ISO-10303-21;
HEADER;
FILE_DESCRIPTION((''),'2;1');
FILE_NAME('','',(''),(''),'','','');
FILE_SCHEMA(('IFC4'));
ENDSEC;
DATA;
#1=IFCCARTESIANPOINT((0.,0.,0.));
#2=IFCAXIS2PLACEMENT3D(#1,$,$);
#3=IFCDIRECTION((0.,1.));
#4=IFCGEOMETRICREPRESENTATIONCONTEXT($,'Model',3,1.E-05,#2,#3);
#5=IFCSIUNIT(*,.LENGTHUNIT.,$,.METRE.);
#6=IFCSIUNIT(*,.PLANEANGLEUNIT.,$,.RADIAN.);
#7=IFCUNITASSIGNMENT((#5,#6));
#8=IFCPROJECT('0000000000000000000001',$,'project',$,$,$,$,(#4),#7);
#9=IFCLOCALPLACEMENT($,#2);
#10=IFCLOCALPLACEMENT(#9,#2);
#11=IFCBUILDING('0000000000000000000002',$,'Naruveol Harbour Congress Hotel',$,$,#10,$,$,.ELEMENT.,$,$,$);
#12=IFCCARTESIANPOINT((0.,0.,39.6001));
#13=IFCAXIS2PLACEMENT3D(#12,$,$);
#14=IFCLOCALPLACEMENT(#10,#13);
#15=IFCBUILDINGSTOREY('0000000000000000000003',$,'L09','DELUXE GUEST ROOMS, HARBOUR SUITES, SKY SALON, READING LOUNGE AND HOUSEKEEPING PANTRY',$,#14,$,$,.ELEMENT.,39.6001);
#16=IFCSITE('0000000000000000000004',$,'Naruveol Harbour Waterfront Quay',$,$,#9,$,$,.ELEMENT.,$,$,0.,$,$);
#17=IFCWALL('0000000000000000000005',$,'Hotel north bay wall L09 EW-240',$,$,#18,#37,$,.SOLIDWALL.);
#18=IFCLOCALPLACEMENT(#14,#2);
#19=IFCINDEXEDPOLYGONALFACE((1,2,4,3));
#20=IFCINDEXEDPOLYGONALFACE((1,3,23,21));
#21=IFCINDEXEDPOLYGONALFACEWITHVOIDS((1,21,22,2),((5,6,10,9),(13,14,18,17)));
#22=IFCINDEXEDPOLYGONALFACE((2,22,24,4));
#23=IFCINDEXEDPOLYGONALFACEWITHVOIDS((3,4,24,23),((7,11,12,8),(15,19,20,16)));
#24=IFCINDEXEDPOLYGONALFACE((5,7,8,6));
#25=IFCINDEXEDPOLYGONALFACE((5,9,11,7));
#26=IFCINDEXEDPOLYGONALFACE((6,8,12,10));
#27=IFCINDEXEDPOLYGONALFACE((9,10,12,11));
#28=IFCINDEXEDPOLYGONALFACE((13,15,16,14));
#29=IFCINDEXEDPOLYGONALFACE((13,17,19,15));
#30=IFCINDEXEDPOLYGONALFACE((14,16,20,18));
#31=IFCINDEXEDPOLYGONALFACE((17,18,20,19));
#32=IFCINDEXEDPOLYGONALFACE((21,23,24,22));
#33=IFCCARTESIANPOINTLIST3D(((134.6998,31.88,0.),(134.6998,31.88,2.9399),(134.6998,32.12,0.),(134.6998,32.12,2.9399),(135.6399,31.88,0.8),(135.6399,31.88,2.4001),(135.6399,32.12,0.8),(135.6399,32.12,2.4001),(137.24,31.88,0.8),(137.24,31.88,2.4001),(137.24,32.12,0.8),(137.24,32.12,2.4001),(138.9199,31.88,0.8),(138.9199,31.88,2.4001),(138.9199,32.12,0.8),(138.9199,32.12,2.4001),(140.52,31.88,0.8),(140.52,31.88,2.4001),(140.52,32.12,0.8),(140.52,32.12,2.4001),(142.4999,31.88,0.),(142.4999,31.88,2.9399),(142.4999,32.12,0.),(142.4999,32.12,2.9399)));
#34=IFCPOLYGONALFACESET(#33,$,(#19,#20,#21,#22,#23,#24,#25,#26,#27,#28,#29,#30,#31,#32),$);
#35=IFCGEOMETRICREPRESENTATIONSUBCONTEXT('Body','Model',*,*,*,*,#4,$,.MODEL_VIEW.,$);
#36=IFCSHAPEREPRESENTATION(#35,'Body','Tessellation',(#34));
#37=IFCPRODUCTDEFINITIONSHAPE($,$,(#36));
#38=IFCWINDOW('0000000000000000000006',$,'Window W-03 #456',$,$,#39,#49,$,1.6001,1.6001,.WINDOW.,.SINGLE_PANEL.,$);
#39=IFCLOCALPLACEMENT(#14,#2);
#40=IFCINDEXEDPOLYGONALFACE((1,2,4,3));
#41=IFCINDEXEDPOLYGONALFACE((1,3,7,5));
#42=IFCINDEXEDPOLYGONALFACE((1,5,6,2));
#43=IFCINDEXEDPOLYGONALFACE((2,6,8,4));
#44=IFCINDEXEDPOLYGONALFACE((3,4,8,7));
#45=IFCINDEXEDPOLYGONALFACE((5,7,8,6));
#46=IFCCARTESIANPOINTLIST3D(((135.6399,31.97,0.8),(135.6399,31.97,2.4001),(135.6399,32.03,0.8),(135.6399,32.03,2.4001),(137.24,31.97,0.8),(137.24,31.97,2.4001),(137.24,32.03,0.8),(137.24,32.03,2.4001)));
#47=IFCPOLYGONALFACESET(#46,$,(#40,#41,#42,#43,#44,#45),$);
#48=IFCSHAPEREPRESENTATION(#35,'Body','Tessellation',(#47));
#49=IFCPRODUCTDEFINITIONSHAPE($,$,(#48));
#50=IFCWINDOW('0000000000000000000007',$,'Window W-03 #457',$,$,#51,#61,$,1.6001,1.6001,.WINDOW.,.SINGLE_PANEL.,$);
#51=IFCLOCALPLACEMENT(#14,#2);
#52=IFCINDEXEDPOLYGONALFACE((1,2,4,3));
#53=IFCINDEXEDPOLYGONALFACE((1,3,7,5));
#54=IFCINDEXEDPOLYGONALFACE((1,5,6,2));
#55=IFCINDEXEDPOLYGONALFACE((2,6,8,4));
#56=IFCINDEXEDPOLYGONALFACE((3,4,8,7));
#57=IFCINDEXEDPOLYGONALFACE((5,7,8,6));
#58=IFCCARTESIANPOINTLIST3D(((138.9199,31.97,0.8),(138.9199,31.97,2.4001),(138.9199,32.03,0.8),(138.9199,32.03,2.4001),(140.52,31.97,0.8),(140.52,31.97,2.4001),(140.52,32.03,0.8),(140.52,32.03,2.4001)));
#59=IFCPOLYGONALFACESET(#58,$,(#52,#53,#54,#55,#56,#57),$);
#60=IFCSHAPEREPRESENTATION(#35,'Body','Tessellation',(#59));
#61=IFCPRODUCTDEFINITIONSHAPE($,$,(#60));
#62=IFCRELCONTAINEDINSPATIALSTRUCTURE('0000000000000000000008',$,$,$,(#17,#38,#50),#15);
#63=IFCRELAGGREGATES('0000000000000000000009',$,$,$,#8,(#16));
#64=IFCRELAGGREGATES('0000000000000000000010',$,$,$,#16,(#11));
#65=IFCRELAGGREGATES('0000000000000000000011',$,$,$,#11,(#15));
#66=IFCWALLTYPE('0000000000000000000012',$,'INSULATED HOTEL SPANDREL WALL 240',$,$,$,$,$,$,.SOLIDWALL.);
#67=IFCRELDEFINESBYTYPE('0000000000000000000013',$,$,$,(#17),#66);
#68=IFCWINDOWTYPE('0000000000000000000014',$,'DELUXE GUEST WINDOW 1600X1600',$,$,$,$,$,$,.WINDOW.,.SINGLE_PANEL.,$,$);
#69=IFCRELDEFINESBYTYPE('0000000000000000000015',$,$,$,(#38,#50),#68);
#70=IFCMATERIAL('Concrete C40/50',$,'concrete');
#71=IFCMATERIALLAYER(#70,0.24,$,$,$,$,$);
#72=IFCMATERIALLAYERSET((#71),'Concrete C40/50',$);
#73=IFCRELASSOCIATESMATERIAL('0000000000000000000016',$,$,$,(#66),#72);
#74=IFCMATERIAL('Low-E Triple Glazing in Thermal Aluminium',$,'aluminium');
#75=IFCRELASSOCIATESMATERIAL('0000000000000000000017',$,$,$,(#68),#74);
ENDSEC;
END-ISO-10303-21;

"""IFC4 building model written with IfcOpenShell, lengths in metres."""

from ifc_helpers import new_model, si_unit, direction, frame, frame_2d, origin, place, context, subcontext, project, spatial, rectangle, extrude, material, layer, layer_set, type_object, element, fill, save


model = new_model("IFC4")

# Units and contexts
model_context = context("Model", 3, precision=1e-05, world=origin(), true_north=direction((0.0, 1.0)))
body_context = subcontext(model_context, "Body", "Model", "MODEL_VIEW")
ifc_project = project(units=[si_unit("LENGTHUNIT", "METRE"), si_unit("PLANEANGLEUNIT", "RADIAN")], contexts=[model_context])

# Site, building, storey
site_placement = place(None, origin())
site = spatial("IfcSite", under=ifc_project, at=site_placement, Name="Naruveol Harbour Waterfront Quay", CompositionType="ELEMENT", RefElevation=0.0)
building_placement = place(site_placement, origin())
building = spatial("IfcBuilding", under=site, at=building_placement, Name="Naruveol Harbour Congress Hotel", CompositionType="ELEMENT")
storey_placement = place(building_placement, frame((0.0, 0.0, 39.6001)))
storey = spatial("IfcBuildingStorey", under=building, at=storey_placement, Name="L09", Description="DELUXE GUEST ROOMS, HARBOUR SUITES, SKY SALON, READING LOUNGE AND HOUSEKEEPING PANTRY", CompositionType="ELEMENT", Elevation=39.6001)

# Wall, openings, windows
ifc_material_1 = material(Name="Concrete C40/50", Category="concrete")
ifc_layer_1 = layer(ifc_material_1, 0.24)
ifc_layer_set_1 = layer_set([ifc_layer_1], Name="Concrete C40/50")
wall_type_1 = type_object("IfcWallType", Name="INSULATED HOTEL SPANDREL WALL 240", PredefinedType="SOLIDWALL", material=ifc_layer_set_1)
wall_1_placement = place(storey_placement, frame((134.7, 32.0, 0.0), z_axis=(0.0, 0.0, 1.0), x_axis=(1.0, 0.0, 0.0)))
wall_1 = element("IfcWall", 1, at=wall_1_placement, inside=storey, type_object=wall_type_1, Name="Hotel north bay wall L09 EW-240", PredefinedType="SOLIDWALL", context=body_context, shape_type="SweptSolid", body=[
    extrude(rectangle(XDim=7.8, YDim=0.24, at=frame_2d((3.8999, 0.0))), origin(), (0.0, 0.0, 1.0), 2.9399),
])
opening_1_placement = place(wall_1_placement, frame((0.9399, 0.0, 0.8)))
opening_1 = element("IfcOpeningElement", 2, at=opening_1_placement, cuts=wall_1, PredefinedType="OPENING", context=body_context, shape_type="SweptSolid", body=[
    extrude(rectangle(XDim=1.6001, YDim=1.6001, at=frame_2d((0.8, 0.8))), frame((0.0, 0.1299, 0.0), z_axis=(0.0, -1.0, 0.0), x_axis=(1.0, 0.0, 0.0)), (0.0, 0.0, 1.0), 0.26),
])
opening_2_placement = place(wall_1_placement, frame((4.22, 0.0, 0.8)))
opening_2 = element("IfcOpeningElement", 3, at=opening_2_placement, cuts=wall_1, PredefinedType="OPENING", context=body_context, shape_type="SweptSolid", body=[
    extrude(rectangle(XDim=1.6001, YDim=1.6001, at=frame_2d((0.8, 0.8))), frame((0.0, 0.1299, 0.0), z_axis=(0.0, -1.0, 0.0), x_axis=(1.0, 0.0, 0.0)), (0.0, 0.0, 1.0), 0.26),
])
ifc_material_2 = material(Name="Low-E Triple Glazing in Thermal Aluminium", Category="aluminium")
window_type = type_object("IfcWindowType", Name="DELUXE GUEST WINDOW 1600X1600", PartitioningType="SINGLE_PANEL", PredefinedType="WINDOW", material=ifc_material_2)
window_1_placement = place(opening_1_placement, origin())
window_1 = element("IfcWindow", 4, at=window_1_placement, inside=storey, type_object=window_type, Name="Window W-03 #456", OverallHeight=1.6001, OverallWidth=1.6001, PartitioningType="SINGLE_PANEL", PredefinedType="WINDOW", context=body_context, shape_type="SweptSolid", body=[
    extrude(rectangle(XDim=1.6001, YDim=1.6001, at=frame_2d((0.8, 0.8))), frame((0.0, 0.03, 0.0), z_axis=(0.0, -1.0, 0.0), x_axis=(1.0, 0.0, 0.0)), (0.0, 0.0, 1.0), 0.0601),
])
fill(opening_1, window_1)
window_2_placement = place(opening_2_placement, origin())
window_2 = element("IfcWindow", 5, at=window_2_placement, inside=storey, type_object=window_type, Name="Window W-03 #457", OverallHeight=1.6001, OverallWidth=1.6001, PartitioningType="SINGLE_PANEL", PredefinedType="WINDOW", context=body_context, shape_type="SweptSolid", body=[
    extrude(rectangle(XDim=1.6001, YDim=1.6001, at=frame_2d((0.8, 0.8))), frame((0.0, 0.03, 0.0), z_axis=(0.0, -1.0, 0.0), x_axis=(1.0, 0.0, 0.0)), (0.0, 0.0, 1.0), 0.0601),
])
fill(opening_2, window_2)

save(model, "model.ifc")
